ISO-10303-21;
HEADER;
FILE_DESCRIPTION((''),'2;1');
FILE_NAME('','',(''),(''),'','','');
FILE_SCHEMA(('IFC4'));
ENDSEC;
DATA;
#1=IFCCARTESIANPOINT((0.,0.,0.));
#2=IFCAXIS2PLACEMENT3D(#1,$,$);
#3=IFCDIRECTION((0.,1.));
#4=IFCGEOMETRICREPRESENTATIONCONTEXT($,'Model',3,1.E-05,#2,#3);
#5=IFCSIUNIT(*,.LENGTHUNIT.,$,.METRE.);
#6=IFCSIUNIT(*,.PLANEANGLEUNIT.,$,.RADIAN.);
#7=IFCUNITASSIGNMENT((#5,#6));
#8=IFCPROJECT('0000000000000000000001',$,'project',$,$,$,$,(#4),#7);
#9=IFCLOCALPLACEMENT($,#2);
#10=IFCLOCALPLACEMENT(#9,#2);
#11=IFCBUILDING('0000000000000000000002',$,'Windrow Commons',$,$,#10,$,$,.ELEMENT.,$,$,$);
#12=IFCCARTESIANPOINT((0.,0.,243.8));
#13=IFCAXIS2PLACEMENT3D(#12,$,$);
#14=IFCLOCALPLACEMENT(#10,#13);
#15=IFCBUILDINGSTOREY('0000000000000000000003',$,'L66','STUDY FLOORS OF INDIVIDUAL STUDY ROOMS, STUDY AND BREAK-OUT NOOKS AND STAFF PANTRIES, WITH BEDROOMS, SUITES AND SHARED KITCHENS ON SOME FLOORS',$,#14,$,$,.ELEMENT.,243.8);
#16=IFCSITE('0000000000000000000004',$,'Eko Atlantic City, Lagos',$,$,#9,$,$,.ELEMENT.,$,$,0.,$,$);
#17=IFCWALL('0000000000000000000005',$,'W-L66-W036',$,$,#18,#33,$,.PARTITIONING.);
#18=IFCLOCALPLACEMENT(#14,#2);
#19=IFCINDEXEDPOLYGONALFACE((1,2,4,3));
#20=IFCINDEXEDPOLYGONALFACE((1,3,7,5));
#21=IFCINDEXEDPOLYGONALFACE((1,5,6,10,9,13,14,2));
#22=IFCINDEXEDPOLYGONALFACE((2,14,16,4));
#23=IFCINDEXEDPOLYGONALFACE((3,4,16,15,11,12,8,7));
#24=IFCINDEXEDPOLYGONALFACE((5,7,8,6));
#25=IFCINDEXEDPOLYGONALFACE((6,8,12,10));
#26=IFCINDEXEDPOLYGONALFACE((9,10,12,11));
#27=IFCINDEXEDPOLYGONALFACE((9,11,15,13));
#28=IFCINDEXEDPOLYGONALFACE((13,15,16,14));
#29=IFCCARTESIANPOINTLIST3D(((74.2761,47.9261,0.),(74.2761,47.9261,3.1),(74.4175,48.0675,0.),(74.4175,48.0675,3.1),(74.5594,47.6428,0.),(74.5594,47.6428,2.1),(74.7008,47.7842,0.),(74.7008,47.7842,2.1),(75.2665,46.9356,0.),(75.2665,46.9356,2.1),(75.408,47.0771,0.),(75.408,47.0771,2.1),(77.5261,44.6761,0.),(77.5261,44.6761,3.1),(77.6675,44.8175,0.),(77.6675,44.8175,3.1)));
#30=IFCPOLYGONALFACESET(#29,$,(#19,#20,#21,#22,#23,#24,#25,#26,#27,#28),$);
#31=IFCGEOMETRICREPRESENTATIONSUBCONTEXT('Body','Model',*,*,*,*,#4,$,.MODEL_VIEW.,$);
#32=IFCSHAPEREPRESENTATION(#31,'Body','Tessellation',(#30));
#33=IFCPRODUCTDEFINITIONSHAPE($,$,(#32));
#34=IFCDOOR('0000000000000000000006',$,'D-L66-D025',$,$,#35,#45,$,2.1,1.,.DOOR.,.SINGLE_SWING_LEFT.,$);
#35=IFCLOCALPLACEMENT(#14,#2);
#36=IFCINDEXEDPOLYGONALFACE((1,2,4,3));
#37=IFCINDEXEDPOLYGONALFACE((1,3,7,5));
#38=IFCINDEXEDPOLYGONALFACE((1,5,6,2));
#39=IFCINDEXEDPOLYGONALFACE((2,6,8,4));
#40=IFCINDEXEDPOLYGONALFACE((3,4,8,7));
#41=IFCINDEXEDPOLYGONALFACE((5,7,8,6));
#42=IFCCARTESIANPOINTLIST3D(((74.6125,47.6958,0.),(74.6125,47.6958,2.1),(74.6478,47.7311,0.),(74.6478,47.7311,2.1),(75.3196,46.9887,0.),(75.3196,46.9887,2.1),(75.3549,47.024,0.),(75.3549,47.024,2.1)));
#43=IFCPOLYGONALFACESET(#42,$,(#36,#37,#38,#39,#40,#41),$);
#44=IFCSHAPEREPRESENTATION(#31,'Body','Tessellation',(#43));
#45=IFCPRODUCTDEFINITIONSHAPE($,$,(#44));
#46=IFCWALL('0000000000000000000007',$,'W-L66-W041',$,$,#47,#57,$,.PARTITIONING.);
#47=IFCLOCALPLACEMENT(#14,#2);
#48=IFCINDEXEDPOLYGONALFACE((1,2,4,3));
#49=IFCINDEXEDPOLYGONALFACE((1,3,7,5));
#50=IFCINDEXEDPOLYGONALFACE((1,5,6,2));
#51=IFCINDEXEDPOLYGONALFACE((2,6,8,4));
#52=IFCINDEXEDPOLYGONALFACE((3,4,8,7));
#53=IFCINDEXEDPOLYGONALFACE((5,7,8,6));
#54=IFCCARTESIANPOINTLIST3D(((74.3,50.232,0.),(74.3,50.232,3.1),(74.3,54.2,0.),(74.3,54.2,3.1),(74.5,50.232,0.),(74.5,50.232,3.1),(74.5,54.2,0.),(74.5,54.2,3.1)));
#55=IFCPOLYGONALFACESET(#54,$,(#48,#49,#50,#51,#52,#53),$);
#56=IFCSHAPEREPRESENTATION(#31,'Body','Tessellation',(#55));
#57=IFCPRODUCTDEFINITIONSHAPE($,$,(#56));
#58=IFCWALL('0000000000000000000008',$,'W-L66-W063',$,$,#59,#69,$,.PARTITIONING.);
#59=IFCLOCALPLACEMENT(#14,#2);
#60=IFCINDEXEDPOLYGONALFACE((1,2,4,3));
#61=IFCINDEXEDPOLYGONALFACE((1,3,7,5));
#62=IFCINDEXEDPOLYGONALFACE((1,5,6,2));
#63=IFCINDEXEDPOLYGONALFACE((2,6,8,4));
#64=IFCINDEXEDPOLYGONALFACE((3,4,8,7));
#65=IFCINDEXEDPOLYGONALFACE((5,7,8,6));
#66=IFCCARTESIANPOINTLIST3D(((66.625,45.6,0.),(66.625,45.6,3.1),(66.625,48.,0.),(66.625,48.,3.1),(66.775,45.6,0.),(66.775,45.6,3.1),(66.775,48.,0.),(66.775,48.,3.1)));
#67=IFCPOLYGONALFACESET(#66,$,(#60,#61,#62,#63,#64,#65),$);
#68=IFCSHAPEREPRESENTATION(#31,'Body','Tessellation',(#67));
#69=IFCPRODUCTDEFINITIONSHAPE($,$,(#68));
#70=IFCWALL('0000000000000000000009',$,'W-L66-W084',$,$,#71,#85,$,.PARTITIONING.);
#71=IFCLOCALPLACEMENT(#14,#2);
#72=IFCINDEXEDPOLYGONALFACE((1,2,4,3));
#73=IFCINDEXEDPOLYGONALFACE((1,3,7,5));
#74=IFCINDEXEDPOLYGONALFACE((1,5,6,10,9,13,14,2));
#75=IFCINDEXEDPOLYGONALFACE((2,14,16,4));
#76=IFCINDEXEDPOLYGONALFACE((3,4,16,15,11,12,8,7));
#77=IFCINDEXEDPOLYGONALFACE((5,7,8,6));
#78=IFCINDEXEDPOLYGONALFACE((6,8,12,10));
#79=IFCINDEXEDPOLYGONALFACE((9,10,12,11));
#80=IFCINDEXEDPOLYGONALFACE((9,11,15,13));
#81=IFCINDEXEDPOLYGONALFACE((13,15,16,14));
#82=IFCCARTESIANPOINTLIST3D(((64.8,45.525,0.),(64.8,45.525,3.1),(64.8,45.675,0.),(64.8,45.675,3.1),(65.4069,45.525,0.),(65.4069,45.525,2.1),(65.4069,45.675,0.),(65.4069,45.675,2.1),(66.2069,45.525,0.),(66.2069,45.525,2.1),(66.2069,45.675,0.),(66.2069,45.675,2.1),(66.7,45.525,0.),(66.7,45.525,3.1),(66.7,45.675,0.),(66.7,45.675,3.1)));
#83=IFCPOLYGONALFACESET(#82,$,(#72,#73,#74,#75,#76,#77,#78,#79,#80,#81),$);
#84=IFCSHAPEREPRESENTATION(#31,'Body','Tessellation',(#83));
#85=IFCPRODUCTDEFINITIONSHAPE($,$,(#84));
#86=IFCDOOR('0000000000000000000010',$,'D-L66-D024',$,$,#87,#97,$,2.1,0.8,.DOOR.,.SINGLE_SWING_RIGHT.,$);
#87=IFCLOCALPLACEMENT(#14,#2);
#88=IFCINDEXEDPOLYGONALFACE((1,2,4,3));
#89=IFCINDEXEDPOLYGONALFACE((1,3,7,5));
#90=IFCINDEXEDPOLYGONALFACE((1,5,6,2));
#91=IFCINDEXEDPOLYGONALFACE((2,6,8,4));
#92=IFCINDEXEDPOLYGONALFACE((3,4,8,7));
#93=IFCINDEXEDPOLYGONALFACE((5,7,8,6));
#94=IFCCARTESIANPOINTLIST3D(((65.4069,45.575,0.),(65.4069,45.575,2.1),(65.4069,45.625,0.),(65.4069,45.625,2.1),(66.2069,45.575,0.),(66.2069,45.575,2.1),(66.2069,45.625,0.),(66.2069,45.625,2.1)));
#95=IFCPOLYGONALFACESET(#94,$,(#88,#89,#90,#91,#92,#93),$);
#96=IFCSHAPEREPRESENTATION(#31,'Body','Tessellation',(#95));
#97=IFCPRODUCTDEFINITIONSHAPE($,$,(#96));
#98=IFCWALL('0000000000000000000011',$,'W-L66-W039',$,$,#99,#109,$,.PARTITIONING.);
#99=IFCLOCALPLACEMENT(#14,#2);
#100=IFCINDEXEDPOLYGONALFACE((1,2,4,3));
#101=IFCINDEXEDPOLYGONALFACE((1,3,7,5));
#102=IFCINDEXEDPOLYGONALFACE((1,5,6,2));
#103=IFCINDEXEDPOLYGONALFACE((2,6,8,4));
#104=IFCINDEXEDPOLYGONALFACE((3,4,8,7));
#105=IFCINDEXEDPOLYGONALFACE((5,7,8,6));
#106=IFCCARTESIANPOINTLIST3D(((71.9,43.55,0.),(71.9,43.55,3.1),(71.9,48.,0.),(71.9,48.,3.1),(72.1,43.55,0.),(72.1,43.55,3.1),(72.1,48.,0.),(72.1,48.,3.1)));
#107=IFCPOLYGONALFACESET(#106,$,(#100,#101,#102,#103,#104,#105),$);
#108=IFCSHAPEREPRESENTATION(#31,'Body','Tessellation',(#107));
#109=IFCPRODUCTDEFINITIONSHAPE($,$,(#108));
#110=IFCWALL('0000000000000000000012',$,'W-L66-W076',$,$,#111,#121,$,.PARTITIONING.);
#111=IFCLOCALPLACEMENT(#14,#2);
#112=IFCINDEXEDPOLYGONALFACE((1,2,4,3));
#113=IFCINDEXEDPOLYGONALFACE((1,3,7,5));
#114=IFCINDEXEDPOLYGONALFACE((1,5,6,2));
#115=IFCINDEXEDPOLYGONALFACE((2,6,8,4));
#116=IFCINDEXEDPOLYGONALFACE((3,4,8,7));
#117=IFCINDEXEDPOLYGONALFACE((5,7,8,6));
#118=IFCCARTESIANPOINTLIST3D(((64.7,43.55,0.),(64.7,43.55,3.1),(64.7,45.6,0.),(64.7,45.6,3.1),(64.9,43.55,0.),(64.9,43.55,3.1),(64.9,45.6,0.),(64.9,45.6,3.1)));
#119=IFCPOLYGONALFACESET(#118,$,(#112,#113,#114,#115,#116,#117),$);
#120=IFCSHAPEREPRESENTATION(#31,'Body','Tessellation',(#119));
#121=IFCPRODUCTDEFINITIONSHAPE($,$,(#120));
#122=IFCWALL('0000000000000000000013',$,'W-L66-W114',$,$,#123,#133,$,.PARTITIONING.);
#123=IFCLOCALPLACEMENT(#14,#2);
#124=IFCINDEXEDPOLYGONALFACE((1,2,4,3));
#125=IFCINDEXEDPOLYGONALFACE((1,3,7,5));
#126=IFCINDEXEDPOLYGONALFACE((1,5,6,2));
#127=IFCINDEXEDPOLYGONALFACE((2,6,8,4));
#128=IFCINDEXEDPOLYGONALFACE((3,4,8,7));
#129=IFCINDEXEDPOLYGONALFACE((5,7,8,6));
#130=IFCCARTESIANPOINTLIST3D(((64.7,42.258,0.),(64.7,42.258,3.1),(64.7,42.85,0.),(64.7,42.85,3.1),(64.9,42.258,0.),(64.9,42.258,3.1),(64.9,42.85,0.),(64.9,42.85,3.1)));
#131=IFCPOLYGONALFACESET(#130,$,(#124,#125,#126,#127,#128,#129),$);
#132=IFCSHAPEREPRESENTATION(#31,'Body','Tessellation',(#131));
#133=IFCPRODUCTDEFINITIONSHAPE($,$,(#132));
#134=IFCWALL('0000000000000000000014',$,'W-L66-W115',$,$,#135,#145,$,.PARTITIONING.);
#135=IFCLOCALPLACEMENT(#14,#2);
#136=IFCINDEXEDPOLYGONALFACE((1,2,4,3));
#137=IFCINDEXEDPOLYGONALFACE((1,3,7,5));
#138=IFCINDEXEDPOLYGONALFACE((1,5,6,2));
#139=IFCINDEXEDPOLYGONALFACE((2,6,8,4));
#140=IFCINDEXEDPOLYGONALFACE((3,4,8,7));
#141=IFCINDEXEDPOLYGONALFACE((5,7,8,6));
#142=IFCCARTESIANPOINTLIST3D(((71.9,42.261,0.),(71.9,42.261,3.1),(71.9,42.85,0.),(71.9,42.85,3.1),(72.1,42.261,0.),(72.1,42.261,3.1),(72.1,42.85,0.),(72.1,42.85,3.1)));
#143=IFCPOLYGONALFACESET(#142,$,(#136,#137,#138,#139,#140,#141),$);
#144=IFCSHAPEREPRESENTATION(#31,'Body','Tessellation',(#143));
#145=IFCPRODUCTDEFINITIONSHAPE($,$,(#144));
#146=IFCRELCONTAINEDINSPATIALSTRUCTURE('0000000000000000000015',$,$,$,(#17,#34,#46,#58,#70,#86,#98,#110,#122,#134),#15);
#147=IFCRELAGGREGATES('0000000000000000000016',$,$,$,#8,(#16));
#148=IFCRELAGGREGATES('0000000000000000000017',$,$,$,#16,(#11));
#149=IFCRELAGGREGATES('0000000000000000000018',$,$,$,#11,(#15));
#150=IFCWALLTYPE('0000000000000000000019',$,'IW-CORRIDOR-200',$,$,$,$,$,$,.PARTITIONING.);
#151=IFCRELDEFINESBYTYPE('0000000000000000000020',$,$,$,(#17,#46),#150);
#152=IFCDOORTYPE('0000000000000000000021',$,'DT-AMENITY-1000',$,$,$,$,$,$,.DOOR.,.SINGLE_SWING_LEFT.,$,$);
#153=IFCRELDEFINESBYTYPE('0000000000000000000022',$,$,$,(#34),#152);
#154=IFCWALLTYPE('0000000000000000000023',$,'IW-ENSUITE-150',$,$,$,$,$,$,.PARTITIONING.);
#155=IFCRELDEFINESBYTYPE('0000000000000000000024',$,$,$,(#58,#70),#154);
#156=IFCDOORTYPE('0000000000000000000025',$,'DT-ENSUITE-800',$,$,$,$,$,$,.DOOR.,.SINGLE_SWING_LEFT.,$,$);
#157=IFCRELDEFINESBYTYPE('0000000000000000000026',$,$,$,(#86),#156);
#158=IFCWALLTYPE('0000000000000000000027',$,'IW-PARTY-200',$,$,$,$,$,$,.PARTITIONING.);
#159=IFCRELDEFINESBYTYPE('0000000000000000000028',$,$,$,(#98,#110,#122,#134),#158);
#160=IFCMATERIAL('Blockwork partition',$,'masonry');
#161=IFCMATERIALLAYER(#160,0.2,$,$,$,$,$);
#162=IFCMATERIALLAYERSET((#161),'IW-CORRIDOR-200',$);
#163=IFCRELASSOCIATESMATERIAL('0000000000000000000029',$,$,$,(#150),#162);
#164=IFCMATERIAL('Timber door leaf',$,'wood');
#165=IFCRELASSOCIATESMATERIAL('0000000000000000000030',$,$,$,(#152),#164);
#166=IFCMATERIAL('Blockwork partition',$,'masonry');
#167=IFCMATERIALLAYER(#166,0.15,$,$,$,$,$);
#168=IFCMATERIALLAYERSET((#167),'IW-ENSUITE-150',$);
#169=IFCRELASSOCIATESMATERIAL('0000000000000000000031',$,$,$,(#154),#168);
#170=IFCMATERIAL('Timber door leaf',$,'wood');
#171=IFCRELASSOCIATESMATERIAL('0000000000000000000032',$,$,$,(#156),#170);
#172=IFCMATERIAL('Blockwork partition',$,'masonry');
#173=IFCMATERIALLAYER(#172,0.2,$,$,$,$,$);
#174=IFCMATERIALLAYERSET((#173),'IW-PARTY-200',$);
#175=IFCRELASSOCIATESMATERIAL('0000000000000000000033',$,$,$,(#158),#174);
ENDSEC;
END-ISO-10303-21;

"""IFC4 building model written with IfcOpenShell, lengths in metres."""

from ifc_helpers import new_model, si_unit, direction, frame, frame_2d, origin, place, context, subcontext, project, spatial, rectangle, extrude, material, layer, layer_set, type_object, element, fill, save


model = new_model("IFC4")

# Units and contexts
model_context = context("Model", 3, precision=1e-05, world=origin(), true_north=direction((0.0, 1.0)))
body_context = subcontext(model_context, "Body", "Model", "MODEL_VIEW")
ifc_project = project(units=[si_unit("LENGTHUNIT", "METRE"), si_unit("PLANEANGLEUNIT", "RADIAN")], contexts=[model_context])

# Site, building, storey
site_placement = place(None, origin())
site = spatial("IfcSite", under=ifc_project, at=site_placement, Name="Eko Atlantic City, Lagos", CompositionType="ELEMENT", RefElevation=0.0)
building_placement = place(site_placement, origin())
building = spatial("IfcBuilding", under=site, at=building_placement, Name="Windrow Commons", CompositionType="ELEMENT")
storey_placement = place(building_placement, frame((0.0, 0.0, 243.8)))
storey = spatial("IfcBuildingStorey", under=building, at=storey_placement, Name="L66", Description="STUDY FLOORS OF INDIVIDUAL STUDY ROOMS, STUDY AND BREAK-OUT NOOKS AND STAFF PANTRIES, WITH BEDROOMS, SUITES AND SHARED KITCHENS ON SOME FLOORS", CompositionType="ELEMENT", Elevation=243.8)

# Shared definitions
ifc_material_1 = material(Name="Blockwork partition", Category="masonry")
ifc_layer_1 = layer(ifc_material_1, 0.2)
ifc_layer_set_1 = layer_set([ifc_layer_1], Name="IW-CORRIDOR-200")
wall_type_1 = type_object("IfcWallType", Name="IW-CORRIDOR-200", PredefinedType="PARTITIONING", material=ifc_layer_set_1)

# Wall, opening, door
wall_1_placement = place(storey_placement, frame((74.3468, 47.9968, 0.0), z_axis=(0.0, 0.0, 1.0), x_axis=(0.707107, -0.707107, 0.0)))
wall_1 = element("IfcWall", 1, at=wall_1_placement, inside=storey, type_object=wall_type_1, Name="W-L66-W036", PredefinedType="PARTITIONING", context=body_context, shape_type="SweptSolid", body=[
    extrude(rectangle(XDim=4.5962, YDim=0.2, at=frame_2d((2.2981, 0.0))), origin(), (0.0, 0.0, 1.0), 3.1),
])
opening_1_placement = place(wall_1_placement, frame((0.4007, 0.0, 0.0)))
opening_1 = element("IfcOpeningElement", 2, at=opening_1_placement, cuts=wall_1, PredefinedType="OPENING", context=body_context, shape_type="SweptSolid", body=[
    extrude(rectangle(XDim=1.0, YDim=2.1, at=frame_2d((0.5, 1.05))), frame((0.0, 0.11, 0.0), z_axis=(0.0, -1.0, 0.0), x_axis=(1.0, 0.0, 0.0)), (0.0, 0.0, 1.0), 0.22),
])
ifc_material_2 = material(Name="Timber door leaf", Category="wood")
door_type_1 = type_object("IfcDoorType", Name="DT-AMENITY-1000", OperationType="SINGLE_SWING_LEFT", PredefinedType="DOOR", material=ifc_material_2)
door_1_placement = place(opening_1_placement, origin())
door_1 = element("IfcDoor", 3, at=door_1_placement, inside=storey, type_object=door_type_1, Name="D-L66-D025", OperationType="SINGLE_SWING_LEFT", OverallHeight=2.1, OverallWidth=1.0, PredefinedType="DOOR", context=body_context, shape_type="SweptSolid", body=[
    extrude(rectangle(XDim=1.0, YDim=2.1, at=frame_2d((0.5, 1.05))), frame((0.0, 0.025, 0.0), z_axis=(0.0, -1.0, 0.0), x_axis=(1.0, 0.0, 0.0)), (0.0, 0.0, 1.0), 0.05),
])
fill(opening_1, door_1)

# Walls
wall_2_placement = place(storey_placement, frame((74.4, 50.232, 0.0), z_axis=(0.0, 0.0, 1.0), x_axis=(0.0, 1.0, 0.0)))
element("IfcWall", 4, at=wall_2_placement, inside=storey, type_object=wall_type_1, Name="W-L66-W041", PredefinedType="PARTITIONING", context=body_context, shape_type="SweptSolid", body=[
    extrude(rectangle(XDim=3.968, YDim=0.2, at=frame_2d((1.984, 0.0))), origin(), (0.0, 0.0, 1.0), 3.1),
])
ifc_material_3 = material(Name="Blockwork partition", Category="masonry")
ifc_layer_2 = layer(ifc_material_3, 0.15)
ifc_layer_set_2 = layer_set([ifc_layer_2], Name="IW-ENSUITE-150")
wall_type_2 = type_object("IfcWallType", Name="IW-ENSUITE-150", PredefinedType="PARTITIONING", material=ifc_layer_set_2)
wall_3_placement = place(storey_placement, frame((66.7, 45.6, 0.0), z_axis=(0.0, 0.0, 1.0), x_axis=(0.0, 1.0, 0.0)))
element("IfcWall", 5, at=wall_3_placement, inside=storey, type_object=wall_type_2, Name="W-L66-W063", PredefinedType="PARTITIONING", context=body_context, shape_type="SweptSolid", body=[
    extrude(rectangle(XDim=2.4, YDim=0.15, at=frame_2d((1.2, 0.0))), origin(), (0.0, 0.0, 1.0), 3.1),
])

# Wall, opening, door
wall_4_placement = place(storey_placement, frame((64.8, 45.6, 0.0), z_axis=(0.0, 0.0, 1.0), x_axis=(1.0, 0.0, 0.0)))
wall_4 = element("IfcWall", 6, at=wall_4_placement, inside=storey, type_object=wall_type_2, Name="W-L66-W084", PredefinedType="PARTITIONING", context=body_context, shape_type="SweptSolid", body=[
    extrude(rectangle(XDim=1.9, YDim=0.15, at=frame_2d((0.95, 0.0))), origin(), (0.0, 0.0, 1.0), 3.1),
])
opening_2_placement = place(wall_4_placement, frame((0.6069, 0.0, 0.0)))
opening_2 = element("IfcOpeningElement", 7, at=opening_2_placement, cuts=wall_4, PredefinedType="OPENING", context=body_context, shape_type="SweptSolid", body=[
    extrude(rectangle(XDim=0.8, YDim=2.1, at=frame_2d((0.4, 1.05))), frame((0.0, 0.085, 0.0), z_axis=(0.0, -1.0, 0.0), x_axis=(1.0, 0.0, 0.0)), (0.0, 0.0, 1.0), 0.17),
])
ifc_material_4 = material(Name="Timber door leaf", Category="wood")
door_type_2 = type_object("IfcDoorType", Name="DT-ENSUITE-800", OperationType="SINGLE_SWING_LEFT", PredefinedType="DOOR", material=ifc_material_4)
door_2_placement = place(opening_2_placement, origin())
door_2 = element("IfcDoor", 8, at=door_2_placement, inside=storey, type_object=door_type_2, Name="D-L66-D024", OperationType="SINGLE_SWING_RIGHT", OverallHeight=2.1, OverallWidth=0.8, PredefinedType="DOOR", context=body_context, shape_type="SweptSolid", body=[
    extrude(rectangle(XDim=0.8, YDim=2.1, at=frame_2d((0.4, 1.05))), frame((0.0, 0.025, 0.0), z_axis=(0.0, -1.0, 0.0), x_axis=(1.0, 0.0, 0.0)), (0.0, 0.0, 1.0), 0.05),
])
fill(opening_2, door_2)

# Walls
ifc_material_5 = material(Name="Blockwork partition", Category="masonry")
ifc_layer_3 = layer(ifc_material_5, 0.2)
ifc_layer_set_3 = layer_set([ifc_layer_3], Name="IW-PARTY-200")
wall_type_3 = type_object("IfcWallType", Name="IW-PARTY-200", PredefinedType="PARTITIONING", material=ifc_layer_set_3)
wall_5_placement = place(storey_placement, frame((72.0, 43.55, 0.0), z_axis=(0.0, 0.0, 1.0), x_axis=(0.0, 1.0, 0.0)))
element("IfcWall", 9, at=wall_5_placement, inside=storey, type_object=wall_type_3, Name="W-L66-W039", PredefinedType="PARTITIONING", context=body_context, shape_type="SweptSolid", body=[
    extrude(rectangle(XDim=4.45, YDim=0.2, at=frame_2d((2.225, 0.0))), origin(), (0.0, 0.0, 1.0), 3.1),
])
wall_6_placement = place(storey_placement, frame((64.8, 43.55, 0.0), z_axis=(0.0, 0.0, 1.0), x_axis=(0.0, 1.0, 0.0)))
element("IfcWall", 10, at=wall_6_placement, inside=storey, type_object=wall_type_3, Name="W-L66-W076", PredefinedType="PARTITIONING", context=body_context, shape_type="SweptSolid", body=[
    extrude(rectangle(XDim=2.05, YDim=0.2, at=frame_2d((1.025, 0.0))), origin(), (0.0, 0.0, 1.0), 3.1),
])
wall_7_placement = place(storey_placement, frame((64.8, 42.2581, 0.0), z_axis=(0.0, 0.0, 1.0), x_axis=(0.0, 1.0, 0.0)))
element("IfcWall", 11, at=wall_7_placement, inside=storey, type_object=wall_type_3, Name="W-L66-W114", PredefinedType="PARTITIONING", context=body_context, shape_type="SweptSolid", body=[
    extrude(rectangle(XDim=0.5919, YDim=0.2, at=frame_2d((0.2959, 0.0))), origin(), (0.0, 0.0, 1.0), 3.1),
])
wall_8_placement = place(storey_placement, frame((72.0, 42.2611, 0.0), z_axis=(0.0, 0.0, 1.0), x_axis=(0.0, 1.0, 0.0)))
element("IfcWall", 12, at=wall_8_placement, inside=storey, type_object=wall_type_3, Name="W-L66-W115", PredefinedType="PARTITIONING", context=body_context, shape_type="SweptSolid", body=[
    extrude(rectangle(XDim=0.5889, YDim=0.2, at=frame_2d((0.2944, 0.0))), origin(), (0.0, 0.0, 1.0), 3.1),
])

save(model, "model.ifc")
